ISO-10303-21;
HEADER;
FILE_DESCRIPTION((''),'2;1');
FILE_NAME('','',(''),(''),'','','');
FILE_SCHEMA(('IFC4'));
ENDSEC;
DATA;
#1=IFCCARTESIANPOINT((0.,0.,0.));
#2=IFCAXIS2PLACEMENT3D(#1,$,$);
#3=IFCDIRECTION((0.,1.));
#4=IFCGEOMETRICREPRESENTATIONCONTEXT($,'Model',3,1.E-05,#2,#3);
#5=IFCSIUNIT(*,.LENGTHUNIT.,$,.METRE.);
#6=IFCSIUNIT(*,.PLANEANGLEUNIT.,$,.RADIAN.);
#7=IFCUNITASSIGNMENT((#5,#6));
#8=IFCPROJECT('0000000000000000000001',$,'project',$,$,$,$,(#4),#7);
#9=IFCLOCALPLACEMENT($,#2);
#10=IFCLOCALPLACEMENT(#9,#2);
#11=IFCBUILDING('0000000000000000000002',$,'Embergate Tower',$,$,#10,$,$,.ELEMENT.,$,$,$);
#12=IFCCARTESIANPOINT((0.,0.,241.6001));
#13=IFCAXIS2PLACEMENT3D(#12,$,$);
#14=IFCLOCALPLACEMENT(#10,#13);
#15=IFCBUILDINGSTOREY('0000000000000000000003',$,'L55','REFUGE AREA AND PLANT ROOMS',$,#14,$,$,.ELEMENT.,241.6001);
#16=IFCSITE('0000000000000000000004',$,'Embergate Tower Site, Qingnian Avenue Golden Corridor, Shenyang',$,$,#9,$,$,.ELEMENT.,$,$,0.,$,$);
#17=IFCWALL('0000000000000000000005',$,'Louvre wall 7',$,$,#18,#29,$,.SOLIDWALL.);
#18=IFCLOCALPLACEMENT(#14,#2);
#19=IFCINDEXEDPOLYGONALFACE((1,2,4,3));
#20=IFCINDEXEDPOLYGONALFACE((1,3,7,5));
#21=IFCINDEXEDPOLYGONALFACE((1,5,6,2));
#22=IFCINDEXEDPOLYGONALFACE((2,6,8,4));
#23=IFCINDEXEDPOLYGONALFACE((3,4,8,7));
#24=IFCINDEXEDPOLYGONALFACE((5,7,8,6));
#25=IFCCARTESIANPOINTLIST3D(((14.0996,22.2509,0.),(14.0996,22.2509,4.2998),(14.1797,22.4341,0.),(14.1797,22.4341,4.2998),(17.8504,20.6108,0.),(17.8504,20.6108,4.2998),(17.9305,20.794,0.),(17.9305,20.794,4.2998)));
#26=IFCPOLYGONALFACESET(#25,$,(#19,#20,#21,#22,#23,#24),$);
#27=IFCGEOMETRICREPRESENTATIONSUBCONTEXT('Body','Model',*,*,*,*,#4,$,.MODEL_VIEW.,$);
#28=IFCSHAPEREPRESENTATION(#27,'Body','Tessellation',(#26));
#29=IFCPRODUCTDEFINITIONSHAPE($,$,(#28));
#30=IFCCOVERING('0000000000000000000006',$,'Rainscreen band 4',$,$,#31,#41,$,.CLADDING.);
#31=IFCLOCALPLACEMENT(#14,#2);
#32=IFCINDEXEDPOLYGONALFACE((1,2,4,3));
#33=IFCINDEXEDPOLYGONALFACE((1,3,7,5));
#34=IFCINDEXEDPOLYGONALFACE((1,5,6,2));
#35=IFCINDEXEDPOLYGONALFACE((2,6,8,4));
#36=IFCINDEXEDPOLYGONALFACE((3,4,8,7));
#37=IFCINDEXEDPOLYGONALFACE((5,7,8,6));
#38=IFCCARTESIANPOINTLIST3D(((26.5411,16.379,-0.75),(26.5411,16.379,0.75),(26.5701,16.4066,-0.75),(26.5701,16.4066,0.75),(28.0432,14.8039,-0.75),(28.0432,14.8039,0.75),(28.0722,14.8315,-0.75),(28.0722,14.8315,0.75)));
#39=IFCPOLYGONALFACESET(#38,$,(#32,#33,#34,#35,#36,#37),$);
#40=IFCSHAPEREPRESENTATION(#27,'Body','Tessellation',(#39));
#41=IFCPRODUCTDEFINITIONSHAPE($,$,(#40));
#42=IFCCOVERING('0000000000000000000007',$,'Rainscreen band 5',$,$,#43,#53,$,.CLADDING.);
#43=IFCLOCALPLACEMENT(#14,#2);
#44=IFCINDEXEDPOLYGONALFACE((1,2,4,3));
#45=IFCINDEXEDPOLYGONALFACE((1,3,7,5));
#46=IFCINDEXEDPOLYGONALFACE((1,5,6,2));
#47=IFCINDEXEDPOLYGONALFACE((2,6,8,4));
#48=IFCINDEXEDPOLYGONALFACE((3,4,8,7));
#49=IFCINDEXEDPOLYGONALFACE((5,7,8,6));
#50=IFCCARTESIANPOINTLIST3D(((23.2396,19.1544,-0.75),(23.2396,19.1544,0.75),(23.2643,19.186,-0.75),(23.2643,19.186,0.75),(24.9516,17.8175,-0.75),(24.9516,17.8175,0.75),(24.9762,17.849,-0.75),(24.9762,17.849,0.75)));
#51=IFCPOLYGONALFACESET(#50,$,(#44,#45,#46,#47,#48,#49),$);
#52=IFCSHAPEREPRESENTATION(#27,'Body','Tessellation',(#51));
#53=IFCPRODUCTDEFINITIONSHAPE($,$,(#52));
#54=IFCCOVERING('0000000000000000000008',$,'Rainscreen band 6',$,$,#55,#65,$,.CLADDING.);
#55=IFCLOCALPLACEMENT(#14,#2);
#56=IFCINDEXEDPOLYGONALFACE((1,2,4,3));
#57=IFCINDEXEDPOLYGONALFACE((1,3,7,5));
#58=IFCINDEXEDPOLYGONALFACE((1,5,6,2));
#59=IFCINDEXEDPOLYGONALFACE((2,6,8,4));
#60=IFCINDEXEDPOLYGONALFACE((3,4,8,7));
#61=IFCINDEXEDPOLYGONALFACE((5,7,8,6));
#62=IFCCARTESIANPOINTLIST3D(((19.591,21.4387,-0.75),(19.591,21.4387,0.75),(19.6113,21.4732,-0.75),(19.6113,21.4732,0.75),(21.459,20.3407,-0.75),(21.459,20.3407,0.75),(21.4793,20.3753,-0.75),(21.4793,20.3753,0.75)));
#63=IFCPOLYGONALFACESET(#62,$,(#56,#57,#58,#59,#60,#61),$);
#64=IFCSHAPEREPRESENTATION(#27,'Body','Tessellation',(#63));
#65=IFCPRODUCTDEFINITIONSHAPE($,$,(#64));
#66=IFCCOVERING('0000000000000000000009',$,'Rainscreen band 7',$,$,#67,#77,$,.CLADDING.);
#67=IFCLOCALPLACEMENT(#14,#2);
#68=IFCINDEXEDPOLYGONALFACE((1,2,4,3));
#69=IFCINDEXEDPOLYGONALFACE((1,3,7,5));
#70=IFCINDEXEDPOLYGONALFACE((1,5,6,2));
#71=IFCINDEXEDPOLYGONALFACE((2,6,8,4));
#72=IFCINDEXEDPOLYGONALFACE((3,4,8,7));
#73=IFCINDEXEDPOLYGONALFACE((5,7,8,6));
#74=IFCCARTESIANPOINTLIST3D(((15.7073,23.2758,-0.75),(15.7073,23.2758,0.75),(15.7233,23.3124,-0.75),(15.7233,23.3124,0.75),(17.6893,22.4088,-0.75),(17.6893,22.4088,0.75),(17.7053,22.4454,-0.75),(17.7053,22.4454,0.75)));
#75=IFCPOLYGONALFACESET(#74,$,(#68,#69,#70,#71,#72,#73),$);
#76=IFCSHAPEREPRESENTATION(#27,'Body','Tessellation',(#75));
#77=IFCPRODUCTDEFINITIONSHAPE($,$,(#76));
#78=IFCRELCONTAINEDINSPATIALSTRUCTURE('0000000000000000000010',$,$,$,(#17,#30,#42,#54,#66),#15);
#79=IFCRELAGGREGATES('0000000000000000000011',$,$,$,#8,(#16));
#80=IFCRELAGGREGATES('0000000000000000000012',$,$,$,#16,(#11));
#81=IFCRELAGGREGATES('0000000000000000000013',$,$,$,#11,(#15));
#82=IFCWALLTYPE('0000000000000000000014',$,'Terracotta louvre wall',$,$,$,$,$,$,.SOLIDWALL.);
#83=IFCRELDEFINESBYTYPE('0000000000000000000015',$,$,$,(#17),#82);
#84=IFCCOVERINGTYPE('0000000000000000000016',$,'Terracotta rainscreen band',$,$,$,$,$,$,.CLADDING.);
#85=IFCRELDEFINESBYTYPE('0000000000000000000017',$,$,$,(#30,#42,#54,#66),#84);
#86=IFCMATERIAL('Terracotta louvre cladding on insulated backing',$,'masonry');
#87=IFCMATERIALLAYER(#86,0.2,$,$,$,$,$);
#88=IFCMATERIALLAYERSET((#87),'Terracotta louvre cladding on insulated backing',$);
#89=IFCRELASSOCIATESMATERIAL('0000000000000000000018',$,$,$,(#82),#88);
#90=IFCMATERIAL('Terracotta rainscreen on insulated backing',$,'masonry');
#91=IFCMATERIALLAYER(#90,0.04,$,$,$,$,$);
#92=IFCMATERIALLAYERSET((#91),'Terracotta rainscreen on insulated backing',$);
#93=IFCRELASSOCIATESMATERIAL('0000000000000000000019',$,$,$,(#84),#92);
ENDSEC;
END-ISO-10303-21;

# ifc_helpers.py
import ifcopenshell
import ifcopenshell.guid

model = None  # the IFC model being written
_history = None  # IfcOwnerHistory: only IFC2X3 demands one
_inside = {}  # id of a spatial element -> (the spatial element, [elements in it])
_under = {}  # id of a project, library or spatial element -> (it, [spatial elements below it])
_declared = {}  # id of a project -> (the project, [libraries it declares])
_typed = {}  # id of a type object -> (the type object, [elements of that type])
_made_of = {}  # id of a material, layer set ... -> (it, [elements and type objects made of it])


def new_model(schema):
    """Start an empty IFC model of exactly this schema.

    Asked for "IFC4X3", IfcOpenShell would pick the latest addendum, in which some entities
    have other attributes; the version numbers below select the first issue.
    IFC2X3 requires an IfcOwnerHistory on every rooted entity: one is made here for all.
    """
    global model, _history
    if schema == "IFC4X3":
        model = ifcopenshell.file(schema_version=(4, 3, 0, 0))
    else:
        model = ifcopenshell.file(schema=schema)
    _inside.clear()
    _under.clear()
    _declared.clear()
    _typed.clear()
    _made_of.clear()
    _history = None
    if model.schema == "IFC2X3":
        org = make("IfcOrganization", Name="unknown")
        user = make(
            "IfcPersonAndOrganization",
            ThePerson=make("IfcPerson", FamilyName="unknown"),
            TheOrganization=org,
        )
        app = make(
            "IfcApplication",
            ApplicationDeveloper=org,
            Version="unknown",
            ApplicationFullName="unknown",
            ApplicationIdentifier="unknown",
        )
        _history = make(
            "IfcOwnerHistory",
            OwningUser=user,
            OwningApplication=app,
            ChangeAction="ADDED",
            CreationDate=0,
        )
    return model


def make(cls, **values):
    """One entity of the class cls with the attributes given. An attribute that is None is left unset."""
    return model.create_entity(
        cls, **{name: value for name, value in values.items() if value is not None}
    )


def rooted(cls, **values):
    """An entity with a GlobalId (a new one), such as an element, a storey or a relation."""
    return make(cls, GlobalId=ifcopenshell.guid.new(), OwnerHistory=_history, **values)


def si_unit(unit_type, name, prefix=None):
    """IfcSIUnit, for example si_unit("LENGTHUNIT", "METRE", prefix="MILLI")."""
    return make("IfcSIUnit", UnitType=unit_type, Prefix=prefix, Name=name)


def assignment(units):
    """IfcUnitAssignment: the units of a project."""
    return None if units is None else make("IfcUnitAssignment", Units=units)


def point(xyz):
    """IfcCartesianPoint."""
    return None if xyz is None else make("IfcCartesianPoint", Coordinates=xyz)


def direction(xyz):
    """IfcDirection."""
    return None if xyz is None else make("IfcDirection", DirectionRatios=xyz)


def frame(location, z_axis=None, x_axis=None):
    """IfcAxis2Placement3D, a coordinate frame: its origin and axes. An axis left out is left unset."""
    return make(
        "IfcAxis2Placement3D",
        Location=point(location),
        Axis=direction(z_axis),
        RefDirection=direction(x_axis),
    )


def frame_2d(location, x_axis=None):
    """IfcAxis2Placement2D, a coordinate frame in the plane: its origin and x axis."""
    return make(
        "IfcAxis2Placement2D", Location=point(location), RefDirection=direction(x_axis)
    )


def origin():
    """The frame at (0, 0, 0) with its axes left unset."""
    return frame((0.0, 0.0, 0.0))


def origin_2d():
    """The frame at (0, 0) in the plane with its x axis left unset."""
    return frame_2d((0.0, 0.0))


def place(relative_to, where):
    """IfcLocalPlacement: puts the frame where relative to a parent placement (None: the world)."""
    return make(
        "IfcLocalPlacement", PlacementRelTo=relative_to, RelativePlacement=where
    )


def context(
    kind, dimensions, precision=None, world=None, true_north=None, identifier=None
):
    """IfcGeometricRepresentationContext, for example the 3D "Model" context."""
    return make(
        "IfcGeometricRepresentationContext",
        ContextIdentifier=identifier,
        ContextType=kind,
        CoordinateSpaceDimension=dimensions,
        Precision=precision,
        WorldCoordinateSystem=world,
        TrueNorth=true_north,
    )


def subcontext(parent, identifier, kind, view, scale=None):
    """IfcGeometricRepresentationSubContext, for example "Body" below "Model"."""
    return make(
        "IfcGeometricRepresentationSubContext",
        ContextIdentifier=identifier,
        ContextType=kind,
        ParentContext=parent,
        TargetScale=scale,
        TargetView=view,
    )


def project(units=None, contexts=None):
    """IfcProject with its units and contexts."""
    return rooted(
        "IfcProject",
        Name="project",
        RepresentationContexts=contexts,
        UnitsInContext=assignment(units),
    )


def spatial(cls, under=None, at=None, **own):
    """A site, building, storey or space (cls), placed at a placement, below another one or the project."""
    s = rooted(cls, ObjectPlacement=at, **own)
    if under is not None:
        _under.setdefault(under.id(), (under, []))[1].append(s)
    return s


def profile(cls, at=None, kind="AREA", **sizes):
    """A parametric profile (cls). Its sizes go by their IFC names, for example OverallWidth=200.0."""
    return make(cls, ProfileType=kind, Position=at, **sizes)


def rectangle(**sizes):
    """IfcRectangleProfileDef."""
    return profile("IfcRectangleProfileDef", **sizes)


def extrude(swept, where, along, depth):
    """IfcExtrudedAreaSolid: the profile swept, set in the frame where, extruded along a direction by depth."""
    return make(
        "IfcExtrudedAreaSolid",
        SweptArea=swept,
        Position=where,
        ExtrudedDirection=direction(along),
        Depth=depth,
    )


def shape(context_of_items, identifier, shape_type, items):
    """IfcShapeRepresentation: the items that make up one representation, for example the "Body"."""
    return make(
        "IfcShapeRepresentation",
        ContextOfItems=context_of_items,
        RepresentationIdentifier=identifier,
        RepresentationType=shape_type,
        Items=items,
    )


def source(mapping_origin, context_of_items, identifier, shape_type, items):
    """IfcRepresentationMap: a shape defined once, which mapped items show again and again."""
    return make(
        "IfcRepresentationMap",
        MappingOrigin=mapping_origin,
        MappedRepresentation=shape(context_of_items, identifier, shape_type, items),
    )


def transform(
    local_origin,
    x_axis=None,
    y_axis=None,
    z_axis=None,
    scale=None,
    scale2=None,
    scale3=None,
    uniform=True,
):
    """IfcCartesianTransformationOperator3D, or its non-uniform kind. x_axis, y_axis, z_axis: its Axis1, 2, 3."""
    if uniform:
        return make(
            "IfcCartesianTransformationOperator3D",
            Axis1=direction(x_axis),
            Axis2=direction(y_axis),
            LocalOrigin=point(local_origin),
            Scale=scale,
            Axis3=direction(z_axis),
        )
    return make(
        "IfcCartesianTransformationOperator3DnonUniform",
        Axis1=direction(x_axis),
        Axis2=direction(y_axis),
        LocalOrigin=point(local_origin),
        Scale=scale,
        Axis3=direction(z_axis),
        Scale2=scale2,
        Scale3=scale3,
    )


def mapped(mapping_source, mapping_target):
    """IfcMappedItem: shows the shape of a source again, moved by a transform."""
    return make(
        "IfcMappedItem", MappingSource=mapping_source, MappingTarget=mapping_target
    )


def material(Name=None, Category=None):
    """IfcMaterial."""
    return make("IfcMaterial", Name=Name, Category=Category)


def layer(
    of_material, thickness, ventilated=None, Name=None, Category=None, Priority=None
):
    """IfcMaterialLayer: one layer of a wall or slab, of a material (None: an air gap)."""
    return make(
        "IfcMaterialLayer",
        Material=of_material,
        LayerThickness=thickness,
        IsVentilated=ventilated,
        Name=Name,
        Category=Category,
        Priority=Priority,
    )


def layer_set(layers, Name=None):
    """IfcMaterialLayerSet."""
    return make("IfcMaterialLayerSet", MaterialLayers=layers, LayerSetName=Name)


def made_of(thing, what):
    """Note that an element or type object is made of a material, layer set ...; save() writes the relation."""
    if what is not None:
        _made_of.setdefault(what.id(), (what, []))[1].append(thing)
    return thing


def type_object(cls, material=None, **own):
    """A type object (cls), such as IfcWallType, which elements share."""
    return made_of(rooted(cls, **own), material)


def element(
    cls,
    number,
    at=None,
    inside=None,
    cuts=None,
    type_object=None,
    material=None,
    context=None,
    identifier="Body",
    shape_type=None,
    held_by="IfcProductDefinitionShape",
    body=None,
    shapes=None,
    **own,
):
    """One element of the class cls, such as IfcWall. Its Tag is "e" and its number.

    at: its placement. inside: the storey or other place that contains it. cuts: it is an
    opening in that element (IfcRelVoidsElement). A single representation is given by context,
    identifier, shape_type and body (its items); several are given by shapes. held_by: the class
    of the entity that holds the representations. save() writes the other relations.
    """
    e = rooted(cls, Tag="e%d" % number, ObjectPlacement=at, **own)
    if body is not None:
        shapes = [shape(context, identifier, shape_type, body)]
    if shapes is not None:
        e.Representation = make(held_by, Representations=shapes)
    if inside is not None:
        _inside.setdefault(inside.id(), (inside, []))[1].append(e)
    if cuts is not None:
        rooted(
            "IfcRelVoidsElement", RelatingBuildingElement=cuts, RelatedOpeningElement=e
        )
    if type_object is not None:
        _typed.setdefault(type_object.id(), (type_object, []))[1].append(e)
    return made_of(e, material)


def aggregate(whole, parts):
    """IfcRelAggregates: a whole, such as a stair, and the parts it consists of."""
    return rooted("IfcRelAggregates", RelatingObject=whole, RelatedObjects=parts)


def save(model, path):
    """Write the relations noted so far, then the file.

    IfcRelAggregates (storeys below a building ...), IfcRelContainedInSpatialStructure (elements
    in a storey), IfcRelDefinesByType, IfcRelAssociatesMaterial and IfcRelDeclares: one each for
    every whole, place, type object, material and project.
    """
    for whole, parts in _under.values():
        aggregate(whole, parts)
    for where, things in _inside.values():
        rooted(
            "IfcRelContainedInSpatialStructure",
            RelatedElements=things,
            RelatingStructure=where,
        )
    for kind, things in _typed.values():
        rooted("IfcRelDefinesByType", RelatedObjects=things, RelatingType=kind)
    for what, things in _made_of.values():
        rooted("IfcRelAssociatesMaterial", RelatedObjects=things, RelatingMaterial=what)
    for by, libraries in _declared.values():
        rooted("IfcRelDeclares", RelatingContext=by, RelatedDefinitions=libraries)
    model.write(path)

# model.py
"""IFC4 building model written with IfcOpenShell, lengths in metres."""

from ifc_helpers import new_model, si_unit, direction, frame, frame_2d, origin, origin_2d, place, context, subcontext, project, spatial, rectangle, extrude, source, transform, mapped, material, layer, layer_set, type_object, element, save


model = new_model("IFC4")

# Units and contexts
model_context = context("Model", 3, precision=1e-05, world=origin(), true_north=direction((0.0, 1.0)))
body_context = subcontext(model_context, "Body", "Model", "MODEL_VIEW")
ifc_project = project(units=[si_unit("LENGTHUNIT", "METRE"), si_unit("PLANEANGLEUNIT", "RADIAN")], contexts=[model_context])

# Site, building, storey
site_placement = place(None, origin())
site = spatial("IfcSite", under=ifc_project, at=site_placement, Name="Embergate Tower Site, Qingnian Avenue Golden Corridor, Shenyang", CompositionType="ELEMENT", RefElevation=0.0)
building_placement = place(site_placement, origin())
building = spatial("IfcBuilding", under=site, at=building_placement, Name="Embergate Tower", CompositionType="ELEMENT")
storey_placement = place(building_placement, frame((0.0, 0.0, 241.6001)))
storey = spatial("IfcBuildingStorey", under=building, at=storey_placement, Name="L55", Description="REFUGE AREA AND PLANT ROOMS", CompositionType="ELEMENT", Elevation=241.6001)

# Wall
ifc_material_1 = material(Name="Terracotta louvre cladding on insulated backing", Category="masonry")
ifc_layer_1 = layer(ifc_material_1, 0.2)
ifc_layer_set_1 = layer_set([ifc_layer_1], Name="Terracotta louvre cladding on insulated backing")
wall_type = type_object("IfcWallType", Name="Terracotta louvre wall", PredefinedType="SOLIDWALL", material=ifc_layer_set_1)
shared_shape_1 = source(origin(), body_context, "Body", "SweptSolid", [
    extrude(rectangle(XDim=4.0938, YDim=0.2, at=frame_2d((2.0469, 0.0))), origin(), (0.0, 0.0, 1.0), 4.2998),
])
wall_1_placement = place(storey_placement, frame((14.1396, 22.3425, 0.0), z_axis=(0.0, 0.0, 1.0), x_axis=(0.91623, -0.400653, 0.0)))
element("IfcWall", 1, at=wall_1_placement, inside=storey, type_object=wall_type, Name="Louvre wall 7", PredefinedType="SOLIDWALL", context=body_context, shape_type="MappedRepresentation", body=[
    mapped(shared_shape_1, transform((0.0, 0.0, 0.0))),
])

# Coverings
ifc_material_2 = material(Name="Terracotta rainscreen on insulated backing", Category="masonry")
ifc_layer_2 = layer(ifc_material_2, 0.04)
ifc_layer_set_2 = layer_set([ifc_layer_2], Name="Terracotta rainscreen on insulated backing")
covering_type = type_object("IfcCoveringType", Name="Terracotta rainscreen band", PredefinedType="CLADDING", material=ifc_layer_set_2)
shared_shape_2 = source(origin(), body_context, "Body", "SweptSolid", [
    extrude(rectangle(XDim=2.1765, YDim=0.04, at=origin_2d()), origin(), (0.0, 0.0, 1.0), 1.5),
])
covering_1_placement = place(storey_placement, frame((27.3066, 15.6052, -0.75), z_axis=(0.0, 0.0, 1.0), x_axis=(-0.690136, 0.723679, 0.0)))
element("IfcCovering", 2, at=covering_1_placement, inside=storey, type_object=covering_type, Name="Rainscreen band 4", PredefinedType="CLADDING", context=body_context, shape_type="MappedRepresentation", body=[
    mapped(shared_shape_2, transform((0.0, 0.0, 0.0))),
])
shared_shape_3 = source(origin(), body_context, "Body", "SweptSolid", [
    extrude(rectangle(XDim=2.1721, YDim=0.04, at=origin_2d()), origin(), (0.0, 0.0, 1.0), 1.5),
])
covering_2_placement = place(storey_placement, frame((24.1079, 18.5017, -0.75), z_axis=(0.0, 0.0, 1.0), x_axis=(-0.788136, 0.615501, 0.0)))
element("IfcCovering", 3, at=covering_2_placement, inside=storey, type_object=covering_type, Name="Rainscreen band 5", PredefinedType="CLADDING", context=body_context, shape_type="MappedRepresentation", body=[
    mapped(shared_shape_3, transform((0.0, 0.0, 0.0))),
])
shared_shape_4 = source(origin(), body_context, "Body", "SweptSolid", [
    extrude(rectangle(XDim=2.1667, YDim=0.04, at=origin_2d()), origin(), (0.0, 0.0, 1.0), 1.5),
])
covering_3_placement = place(storey_placement, frame((20.5352, 20.907, -0.75), z_axis=(0.0, 0.0, 1.0), x_axis=(-0.8621, 0.506738, 0.0)))
element("IfcCovering", 4, at=covering_3_placement, inside=storey, type_object=covering_type, Name="Rainscreen band 6", PredefinedType="CLADDING", context=body_context, shape_type="MappedRepresentation", body=[
    mapped(shared_shape_4, transform((0.0, 0.0, 0.0))),
])
shared_shape_5 = source(origin(), body_context, "Body", "SweptSolid", [
    extrude(rectangle(XDim=2.1633, YDim=0.04, at=origin_2d()), origin(), (0.0, 0.0, 1.0), 1.5),
])
covering_4_placement = place(storey_placement, frame((16.7063, 22.8606, -0.75), z_axis=(0.0, 0.0, 1.0), x_axis=(-0.916179, 0.40077, 0.0)))
element("IfcCovering", 5, at=covering_4_placement, inside=storey, type_object=covering_type, Name="Rainscreen band 7", PredefinedType="CLADDING", context=body_context, shape_type="MappedRepresentation", body=[
    mapped(shared_shape_5, transform((0.0, 0.0, 0.0))),
])

save(model, "model.ifc")
